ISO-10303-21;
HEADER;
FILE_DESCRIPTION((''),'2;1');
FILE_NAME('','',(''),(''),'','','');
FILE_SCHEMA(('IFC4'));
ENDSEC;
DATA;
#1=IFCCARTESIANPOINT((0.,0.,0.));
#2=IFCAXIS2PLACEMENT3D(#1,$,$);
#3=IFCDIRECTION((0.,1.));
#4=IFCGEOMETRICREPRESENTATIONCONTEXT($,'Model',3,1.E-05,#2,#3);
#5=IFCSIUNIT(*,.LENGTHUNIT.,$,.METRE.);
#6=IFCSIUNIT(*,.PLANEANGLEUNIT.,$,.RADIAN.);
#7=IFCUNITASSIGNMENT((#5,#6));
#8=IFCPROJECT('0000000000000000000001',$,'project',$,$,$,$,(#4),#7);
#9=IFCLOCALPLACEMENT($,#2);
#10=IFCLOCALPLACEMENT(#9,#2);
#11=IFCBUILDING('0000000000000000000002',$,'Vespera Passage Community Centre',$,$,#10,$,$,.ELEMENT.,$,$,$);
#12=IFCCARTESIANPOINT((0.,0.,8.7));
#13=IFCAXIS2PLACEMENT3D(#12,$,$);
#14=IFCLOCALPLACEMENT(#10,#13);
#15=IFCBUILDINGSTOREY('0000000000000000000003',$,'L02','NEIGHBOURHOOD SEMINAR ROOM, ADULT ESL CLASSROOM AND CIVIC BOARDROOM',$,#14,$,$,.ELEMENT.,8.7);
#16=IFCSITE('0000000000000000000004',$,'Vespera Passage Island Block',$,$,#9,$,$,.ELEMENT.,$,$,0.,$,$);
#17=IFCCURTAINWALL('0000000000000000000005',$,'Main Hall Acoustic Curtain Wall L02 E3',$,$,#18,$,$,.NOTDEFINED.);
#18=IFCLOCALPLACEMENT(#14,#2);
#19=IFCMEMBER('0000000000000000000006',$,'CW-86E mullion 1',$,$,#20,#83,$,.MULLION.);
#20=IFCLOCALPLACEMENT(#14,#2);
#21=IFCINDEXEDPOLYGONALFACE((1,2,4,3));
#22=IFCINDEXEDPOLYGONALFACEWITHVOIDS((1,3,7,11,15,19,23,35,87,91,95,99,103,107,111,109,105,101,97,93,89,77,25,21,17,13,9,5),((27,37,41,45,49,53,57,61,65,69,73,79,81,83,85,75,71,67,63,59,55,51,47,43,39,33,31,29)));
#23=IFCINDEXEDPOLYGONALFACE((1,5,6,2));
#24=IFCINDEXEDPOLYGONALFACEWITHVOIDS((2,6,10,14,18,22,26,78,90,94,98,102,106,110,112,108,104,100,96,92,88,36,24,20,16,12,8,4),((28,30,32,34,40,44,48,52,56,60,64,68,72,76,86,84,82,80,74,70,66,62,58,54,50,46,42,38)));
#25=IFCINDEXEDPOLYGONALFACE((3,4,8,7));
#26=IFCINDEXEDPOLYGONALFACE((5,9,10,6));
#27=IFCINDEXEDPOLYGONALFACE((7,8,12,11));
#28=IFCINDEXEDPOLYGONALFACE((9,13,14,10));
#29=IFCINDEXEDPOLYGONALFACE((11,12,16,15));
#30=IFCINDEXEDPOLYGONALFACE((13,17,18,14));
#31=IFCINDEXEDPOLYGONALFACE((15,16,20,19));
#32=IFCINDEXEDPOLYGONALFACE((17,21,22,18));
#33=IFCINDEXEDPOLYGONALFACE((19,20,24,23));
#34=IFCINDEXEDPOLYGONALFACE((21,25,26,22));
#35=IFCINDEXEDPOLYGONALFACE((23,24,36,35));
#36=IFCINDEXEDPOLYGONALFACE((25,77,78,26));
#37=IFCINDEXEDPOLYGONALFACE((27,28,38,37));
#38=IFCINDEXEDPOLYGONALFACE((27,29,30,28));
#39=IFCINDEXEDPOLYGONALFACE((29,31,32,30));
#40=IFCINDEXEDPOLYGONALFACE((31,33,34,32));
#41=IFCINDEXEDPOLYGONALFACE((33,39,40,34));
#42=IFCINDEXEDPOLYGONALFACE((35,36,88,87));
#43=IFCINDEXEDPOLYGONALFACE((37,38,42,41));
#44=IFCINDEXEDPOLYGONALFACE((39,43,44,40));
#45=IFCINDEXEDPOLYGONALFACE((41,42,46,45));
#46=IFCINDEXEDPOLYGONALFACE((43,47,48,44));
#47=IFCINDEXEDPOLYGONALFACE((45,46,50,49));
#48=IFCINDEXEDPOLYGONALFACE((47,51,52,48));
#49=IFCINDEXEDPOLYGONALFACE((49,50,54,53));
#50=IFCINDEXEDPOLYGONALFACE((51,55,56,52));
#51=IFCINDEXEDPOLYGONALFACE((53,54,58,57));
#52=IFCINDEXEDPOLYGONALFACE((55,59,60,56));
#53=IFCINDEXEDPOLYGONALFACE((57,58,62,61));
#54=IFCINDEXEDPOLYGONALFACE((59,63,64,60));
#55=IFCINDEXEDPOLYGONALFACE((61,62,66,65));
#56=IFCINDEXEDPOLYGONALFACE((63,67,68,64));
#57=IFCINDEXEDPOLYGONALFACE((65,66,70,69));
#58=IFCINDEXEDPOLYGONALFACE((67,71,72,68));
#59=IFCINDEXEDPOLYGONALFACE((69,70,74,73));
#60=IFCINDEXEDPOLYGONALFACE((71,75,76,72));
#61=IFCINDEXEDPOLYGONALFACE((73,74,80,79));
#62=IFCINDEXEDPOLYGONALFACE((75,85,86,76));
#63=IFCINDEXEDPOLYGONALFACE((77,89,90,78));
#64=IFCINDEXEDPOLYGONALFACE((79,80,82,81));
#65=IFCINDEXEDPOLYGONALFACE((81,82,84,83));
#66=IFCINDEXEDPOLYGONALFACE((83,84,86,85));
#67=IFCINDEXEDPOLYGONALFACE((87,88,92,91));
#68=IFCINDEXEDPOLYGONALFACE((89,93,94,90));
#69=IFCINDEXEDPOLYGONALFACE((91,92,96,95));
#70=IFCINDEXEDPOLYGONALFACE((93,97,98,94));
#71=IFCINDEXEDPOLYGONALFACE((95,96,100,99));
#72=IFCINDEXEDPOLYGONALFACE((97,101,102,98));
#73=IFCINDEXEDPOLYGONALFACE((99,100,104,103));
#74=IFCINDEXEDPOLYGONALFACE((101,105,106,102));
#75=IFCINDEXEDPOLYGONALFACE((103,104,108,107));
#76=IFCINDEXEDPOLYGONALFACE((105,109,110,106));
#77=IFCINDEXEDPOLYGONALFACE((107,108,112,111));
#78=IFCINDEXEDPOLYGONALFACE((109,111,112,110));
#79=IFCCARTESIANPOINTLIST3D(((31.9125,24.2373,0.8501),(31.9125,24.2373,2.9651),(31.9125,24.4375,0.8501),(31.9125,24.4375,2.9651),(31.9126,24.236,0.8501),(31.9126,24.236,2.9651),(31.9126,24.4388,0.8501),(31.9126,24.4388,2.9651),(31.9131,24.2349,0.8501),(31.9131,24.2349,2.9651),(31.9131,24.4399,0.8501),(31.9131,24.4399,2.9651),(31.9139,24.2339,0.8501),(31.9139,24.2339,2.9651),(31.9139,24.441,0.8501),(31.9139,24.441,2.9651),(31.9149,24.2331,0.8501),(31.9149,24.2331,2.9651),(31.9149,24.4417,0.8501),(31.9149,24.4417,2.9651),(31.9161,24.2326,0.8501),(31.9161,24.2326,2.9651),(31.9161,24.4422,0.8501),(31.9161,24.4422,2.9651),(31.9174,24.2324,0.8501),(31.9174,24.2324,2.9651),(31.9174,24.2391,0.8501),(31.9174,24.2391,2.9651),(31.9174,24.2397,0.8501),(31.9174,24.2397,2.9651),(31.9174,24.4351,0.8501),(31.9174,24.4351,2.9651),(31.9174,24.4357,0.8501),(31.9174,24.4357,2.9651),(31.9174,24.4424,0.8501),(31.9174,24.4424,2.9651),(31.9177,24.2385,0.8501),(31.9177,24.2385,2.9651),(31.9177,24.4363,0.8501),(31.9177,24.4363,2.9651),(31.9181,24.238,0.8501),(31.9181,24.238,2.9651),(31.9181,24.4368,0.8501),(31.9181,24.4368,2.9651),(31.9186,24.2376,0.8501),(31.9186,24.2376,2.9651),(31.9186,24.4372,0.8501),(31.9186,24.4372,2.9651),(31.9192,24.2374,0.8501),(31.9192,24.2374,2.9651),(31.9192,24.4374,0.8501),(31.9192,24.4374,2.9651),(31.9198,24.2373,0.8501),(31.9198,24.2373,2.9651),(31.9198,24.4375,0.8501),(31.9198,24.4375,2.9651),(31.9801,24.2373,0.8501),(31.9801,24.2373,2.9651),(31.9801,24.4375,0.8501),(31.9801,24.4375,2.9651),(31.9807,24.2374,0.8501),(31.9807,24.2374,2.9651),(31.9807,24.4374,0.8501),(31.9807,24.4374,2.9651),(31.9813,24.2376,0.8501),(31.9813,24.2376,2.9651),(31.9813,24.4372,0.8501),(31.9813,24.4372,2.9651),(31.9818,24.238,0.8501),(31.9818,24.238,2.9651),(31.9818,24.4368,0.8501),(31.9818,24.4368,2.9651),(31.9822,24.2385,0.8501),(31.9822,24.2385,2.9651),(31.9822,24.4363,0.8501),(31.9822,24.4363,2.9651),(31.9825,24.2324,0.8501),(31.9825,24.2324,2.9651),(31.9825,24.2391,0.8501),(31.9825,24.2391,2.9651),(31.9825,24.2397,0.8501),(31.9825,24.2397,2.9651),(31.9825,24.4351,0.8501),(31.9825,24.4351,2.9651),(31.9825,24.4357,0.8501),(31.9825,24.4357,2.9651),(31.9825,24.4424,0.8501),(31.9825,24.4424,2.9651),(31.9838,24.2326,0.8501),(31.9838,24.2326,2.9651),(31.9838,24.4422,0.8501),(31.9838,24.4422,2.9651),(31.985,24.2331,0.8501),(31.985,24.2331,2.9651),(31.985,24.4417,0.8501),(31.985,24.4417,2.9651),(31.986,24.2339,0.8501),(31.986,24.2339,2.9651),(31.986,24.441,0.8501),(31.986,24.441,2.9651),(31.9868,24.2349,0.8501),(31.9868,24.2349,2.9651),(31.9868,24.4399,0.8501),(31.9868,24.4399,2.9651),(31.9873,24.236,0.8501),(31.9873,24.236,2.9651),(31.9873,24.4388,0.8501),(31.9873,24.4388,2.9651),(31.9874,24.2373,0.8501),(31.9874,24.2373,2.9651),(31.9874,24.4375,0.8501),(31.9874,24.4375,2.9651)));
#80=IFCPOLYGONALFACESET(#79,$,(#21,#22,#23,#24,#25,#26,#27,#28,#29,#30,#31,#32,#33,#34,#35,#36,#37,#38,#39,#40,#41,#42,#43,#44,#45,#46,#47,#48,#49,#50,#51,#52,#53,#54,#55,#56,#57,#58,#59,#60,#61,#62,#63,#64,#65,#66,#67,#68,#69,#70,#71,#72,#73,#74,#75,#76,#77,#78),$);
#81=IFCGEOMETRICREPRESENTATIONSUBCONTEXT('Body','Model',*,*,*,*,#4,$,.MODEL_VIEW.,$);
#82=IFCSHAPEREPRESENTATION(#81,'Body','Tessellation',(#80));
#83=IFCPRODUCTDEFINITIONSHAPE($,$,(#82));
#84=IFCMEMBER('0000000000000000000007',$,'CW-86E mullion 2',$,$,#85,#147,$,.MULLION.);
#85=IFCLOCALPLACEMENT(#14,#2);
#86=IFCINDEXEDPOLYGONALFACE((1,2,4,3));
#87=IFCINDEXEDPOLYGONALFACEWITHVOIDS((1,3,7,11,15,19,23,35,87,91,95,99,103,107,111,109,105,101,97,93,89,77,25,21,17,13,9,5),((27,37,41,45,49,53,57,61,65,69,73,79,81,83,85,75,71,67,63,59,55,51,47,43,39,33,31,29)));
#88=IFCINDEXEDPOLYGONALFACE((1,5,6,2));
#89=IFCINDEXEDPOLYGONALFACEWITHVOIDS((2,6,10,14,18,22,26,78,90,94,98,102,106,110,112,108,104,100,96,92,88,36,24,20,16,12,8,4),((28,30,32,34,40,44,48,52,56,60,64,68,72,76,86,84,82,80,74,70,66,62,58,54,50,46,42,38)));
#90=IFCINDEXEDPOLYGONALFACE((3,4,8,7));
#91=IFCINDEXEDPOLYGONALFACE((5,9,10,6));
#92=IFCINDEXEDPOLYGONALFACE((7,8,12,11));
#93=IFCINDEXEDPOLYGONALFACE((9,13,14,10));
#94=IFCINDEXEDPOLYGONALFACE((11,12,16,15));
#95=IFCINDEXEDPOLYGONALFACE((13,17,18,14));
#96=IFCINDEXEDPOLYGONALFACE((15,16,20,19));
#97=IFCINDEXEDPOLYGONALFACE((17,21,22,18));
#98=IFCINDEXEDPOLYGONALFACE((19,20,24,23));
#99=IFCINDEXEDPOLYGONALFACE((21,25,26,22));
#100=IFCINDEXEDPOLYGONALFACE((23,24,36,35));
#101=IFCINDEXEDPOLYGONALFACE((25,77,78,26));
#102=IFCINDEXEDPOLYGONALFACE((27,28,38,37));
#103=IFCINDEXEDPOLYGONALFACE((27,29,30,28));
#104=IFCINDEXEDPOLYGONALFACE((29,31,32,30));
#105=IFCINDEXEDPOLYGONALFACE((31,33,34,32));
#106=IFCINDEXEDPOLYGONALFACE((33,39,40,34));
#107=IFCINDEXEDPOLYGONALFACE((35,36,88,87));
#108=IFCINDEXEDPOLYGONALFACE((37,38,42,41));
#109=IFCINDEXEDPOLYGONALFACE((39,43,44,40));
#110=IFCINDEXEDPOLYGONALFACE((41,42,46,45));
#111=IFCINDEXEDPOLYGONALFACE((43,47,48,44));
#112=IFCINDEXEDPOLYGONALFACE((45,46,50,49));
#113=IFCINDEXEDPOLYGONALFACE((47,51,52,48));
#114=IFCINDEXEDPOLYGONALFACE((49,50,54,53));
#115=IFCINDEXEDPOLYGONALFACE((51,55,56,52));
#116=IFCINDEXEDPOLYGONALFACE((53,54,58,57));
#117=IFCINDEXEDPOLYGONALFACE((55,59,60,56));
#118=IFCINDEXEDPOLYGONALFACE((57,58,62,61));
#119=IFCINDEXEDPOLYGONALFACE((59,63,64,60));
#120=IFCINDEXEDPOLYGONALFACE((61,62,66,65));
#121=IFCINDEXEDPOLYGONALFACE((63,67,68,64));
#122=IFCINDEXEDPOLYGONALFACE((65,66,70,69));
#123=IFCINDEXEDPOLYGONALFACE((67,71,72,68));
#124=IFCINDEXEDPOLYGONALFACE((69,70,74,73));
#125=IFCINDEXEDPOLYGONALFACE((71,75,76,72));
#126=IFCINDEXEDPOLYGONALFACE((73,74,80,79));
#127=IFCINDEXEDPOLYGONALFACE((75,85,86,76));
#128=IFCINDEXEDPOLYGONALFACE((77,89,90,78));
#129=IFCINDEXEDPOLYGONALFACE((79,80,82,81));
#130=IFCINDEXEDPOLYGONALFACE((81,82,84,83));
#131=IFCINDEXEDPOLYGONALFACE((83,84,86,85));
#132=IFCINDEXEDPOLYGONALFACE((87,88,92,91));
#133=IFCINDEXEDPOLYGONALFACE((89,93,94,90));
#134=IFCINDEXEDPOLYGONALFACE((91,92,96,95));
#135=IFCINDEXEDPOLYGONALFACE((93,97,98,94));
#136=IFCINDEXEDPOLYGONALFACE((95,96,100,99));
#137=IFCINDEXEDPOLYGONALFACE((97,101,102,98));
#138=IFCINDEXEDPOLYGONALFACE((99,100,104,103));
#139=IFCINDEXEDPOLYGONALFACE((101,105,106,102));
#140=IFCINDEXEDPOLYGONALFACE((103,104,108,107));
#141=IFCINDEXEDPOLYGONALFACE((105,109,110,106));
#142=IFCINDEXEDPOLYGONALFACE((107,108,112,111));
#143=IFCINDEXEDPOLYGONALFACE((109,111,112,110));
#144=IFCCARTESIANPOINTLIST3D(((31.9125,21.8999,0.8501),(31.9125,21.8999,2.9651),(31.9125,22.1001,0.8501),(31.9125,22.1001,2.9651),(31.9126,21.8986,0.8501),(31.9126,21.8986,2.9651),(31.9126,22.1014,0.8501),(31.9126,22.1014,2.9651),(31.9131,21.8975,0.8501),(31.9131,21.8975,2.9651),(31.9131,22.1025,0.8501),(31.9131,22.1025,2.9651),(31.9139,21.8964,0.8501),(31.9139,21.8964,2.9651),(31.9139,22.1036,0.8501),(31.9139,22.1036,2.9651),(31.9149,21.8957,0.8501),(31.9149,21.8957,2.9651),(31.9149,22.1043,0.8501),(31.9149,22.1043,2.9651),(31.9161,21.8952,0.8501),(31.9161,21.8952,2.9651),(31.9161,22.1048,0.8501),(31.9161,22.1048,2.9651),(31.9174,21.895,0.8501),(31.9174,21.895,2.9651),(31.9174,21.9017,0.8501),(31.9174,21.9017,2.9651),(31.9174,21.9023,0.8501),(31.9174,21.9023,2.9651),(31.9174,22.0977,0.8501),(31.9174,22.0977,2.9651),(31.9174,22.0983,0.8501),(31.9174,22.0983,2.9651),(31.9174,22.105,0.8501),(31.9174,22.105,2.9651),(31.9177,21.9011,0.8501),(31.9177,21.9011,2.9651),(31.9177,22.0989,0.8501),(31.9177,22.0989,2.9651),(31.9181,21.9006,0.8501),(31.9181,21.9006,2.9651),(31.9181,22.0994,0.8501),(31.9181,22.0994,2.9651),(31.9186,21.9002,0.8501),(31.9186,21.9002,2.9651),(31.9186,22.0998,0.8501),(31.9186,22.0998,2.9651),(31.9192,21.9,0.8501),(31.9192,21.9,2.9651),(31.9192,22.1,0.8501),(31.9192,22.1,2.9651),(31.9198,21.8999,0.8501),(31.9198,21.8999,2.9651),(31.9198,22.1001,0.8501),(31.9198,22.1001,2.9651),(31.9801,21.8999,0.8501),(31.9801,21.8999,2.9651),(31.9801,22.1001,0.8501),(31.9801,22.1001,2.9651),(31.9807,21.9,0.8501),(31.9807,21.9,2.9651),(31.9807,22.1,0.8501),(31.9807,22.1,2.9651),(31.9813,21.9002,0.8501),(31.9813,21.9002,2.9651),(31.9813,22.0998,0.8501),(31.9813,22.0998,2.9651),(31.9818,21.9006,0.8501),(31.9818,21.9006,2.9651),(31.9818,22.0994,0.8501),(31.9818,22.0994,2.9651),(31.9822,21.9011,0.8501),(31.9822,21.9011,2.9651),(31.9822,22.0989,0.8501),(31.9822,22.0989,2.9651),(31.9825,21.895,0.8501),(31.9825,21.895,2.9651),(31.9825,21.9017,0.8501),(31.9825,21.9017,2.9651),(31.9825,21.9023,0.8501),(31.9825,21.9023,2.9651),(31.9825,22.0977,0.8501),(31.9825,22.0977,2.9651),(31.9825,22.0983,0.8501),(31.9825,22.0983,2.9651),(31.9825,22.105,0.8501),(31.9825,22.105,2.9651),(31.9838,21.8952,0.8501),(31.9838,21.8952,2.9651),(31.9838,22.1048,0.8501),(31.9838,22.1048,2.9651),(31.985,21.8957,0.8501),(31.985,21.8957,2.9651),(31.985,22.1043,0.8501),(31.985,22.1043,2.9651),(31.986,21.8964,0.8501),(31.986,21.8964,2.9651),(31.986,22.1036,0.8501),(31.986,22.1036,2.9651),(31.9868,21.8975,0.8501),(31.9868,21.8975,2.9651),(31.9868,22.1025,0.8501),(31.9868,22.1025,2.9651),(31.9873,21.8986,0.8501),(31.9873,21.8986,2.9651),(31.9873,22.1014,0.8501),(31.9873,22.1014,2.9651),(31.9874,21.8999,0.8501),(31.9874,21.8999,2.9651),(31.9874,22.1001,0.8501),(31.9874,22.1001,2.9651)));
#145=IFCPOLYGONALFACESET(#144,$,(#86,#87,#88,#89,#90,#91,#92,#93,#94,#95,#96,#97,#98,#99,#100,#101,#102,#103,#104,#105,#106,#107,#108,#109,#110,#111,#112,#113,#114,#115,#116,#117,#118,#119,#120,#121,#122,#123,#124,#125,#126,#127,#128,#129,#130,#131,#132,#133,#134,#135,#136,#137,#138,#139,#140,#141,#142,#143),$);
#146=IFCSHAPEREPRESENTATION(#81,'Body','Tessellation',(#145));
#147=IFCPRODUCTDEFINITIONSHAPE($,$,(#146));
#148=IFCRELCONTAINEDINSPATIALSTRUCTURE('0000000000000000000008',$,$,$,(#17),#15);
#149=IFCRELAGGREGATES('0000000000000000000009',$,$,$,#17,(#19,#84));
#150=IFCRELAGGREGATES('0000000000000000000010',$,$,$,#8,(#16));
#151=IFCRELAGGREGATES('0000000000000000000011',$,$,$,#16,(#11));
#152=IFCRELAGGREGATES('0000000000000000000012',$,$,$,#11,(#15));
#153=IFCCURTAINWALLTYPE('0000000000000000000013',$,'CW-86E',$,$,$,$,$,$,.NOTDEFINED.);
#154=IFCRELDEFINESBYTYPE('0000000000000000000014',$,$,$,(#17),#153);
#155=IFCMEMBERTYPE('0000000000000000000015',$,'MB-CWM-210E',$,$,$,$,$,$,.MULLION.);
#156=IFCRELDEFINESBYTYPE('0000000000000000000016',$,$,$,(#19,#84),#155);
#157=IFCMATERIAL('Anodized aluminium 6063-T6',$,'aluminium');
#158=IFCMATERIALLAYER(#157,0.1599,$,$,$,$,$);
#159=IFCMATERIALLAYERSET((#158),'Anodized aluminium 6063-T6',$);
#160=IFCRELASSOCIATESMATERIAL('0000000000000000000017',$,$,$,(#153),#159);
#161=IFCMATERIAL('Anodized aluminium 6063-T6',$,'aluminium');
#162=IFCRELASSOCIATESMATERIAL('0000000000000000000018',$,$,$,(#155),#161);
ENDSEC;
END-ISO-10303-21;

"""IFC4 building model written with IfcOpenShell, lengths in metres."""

from ifc_helpers import new_model, si_unit, direction, frame, origin, origin_2d, place, context, subcontext, project, spatial, hollow_rectangle, extrude, material, layer, layer_set, material_profile, profile_set, type_object, element, aggregate, save


model = new_model("IFC4")

# Units and contexts
model_context = context("Model", 3, precision=1e-05, world=origin(), true_north=direction((0.0, 1.0)))
body_context = subcontext(model_context, "Body", "Model", "MODEL_VIEW")
ifc_project = project(units=[si_unit("LENGTHUNIT", "METRE"), si_unit("PLANEANGLEUNIT", "RADIAN")], contexts=[model_context])

# Site, building, storey
site_placement = place(None, origin())
site = spatial("IfcSite", under=ifc_project, at=site_placement, Name="Vespera Passage Island Block", CompositionType="ELEMENT", RefElevation=0.0)
building_placement = place(site_placement, origin())
building = spatial("IfcBuilding", under=site, at=building_placement, Name="Vespera Passage Community Centre", CompositionType="ELEMENT")
storey_placement = place(building_placement, frame((0.0, 0.0, 8.7)))
storey = spatial("IfcBuildingStorey", under=building, at=storey_placement, Name="L02", Description="NEIGHBOURHOOD SEMINAR ROOM, ADULT ESL CLASSROOM AND CIVIC BOARDROOM", CompositionType="ELEMENT", Elevation=8.7)

# Shared definitions
ifc_material_1 = material(Name="Anodized aluminium 6063-T6", Category="aluminium")
ifc_layer_1 = layer(ifc_material_1, 0.1599)
ifc_layer_set_1 = layer_set([ifc_layer_1], Name="Anodized aluminium 6063-T6")
curtain_wall_type = type_object("IfcCurtainWallType", Name="CW-86E", PredefinedType="NOTDEFINED", material=ifc_layer_set_1)
ifc_material_2 = material(Name="Anodized aluminium 6063-T6", Category="aluminium")
ifc_material_profile_1 = material_profile(ifc_material_2, hollow_rectangle(XDim=0.075, YDim=0.21, WallThickness=0.0049, InnerFilletRadius=0.0024, OuterFilletRadius=0.0049, at=origin_2d()), Name="ALU210X75X5")
ifc_profile_set_1 = profile_set([ifc_material_profile_1], Name="Anodized aluminium 6063-T6")
member_type_1 = type_object("IfcMemberType", Name="MB-CWM-210E", PredefinedType="MULLION", material=ifc_profile_set_1)

# Curtain wall, members
curtain_wall_1_placement = place(storey_placement, origin())
curtain_wall_1 = element("IfcCurtainWall", 1, at=curtain_wall_1_placement, inside=storey, type_object=curtain_wall_type, Name="Main Hall Acoustic Curtain Wall L02 E3", PredefinedType="NOTDEFINED")
member_1_placement = place(storey_placement, frame((31.95, 24.3374, 0.8501), z_axis=(0.0, 0.0, 1.0), x_axis=(1.0, 0.0, 0.0)))
member_1 = element("IfcMember", 2, at=member_1_placement, type_object=member_type_1, Name="CW-86E mullion 1", PredefinedType="MULLION", context=body_context, shape_type="SweptSolid", body=[
    extrude(hollow_rectangle(XDim=0.075, YDim=0.21, WallThickness=0.0049, InnerFilletRadius=0.0024, OuterFilletRadius=0.0049, at=origin_2d()), origin(), (0.0, 0.0, 1.0), 2.115),
])
member_2_placement = place(storey_placement, frame((31.95, 22.0, 0.8501), z_axis=(0.0, 0.0, 1.0), x_axis=(1.0, 0.0, 0.0)))
member_2 = element("IfcMember", 3, at=member_2_placement, type_object=member_type_1, Name="CW-86E mullion 2", PredefinedType="MULLION", context=body_context, shape_type="SweptSolid", body=[
    extrude(hollow_rectangle(XDim=0.075, YDim=0.21, WallThickness=0.0049, InnerFilletRadius=0.0024, OuterFilletRadius=0.0049, at=origin_2d()), origin(), (0.0, 0.0, 1.0), 2.115),
])

aggregate(curtain_wall_1, [member_1, member_2])

save(model, "model.ifc")
